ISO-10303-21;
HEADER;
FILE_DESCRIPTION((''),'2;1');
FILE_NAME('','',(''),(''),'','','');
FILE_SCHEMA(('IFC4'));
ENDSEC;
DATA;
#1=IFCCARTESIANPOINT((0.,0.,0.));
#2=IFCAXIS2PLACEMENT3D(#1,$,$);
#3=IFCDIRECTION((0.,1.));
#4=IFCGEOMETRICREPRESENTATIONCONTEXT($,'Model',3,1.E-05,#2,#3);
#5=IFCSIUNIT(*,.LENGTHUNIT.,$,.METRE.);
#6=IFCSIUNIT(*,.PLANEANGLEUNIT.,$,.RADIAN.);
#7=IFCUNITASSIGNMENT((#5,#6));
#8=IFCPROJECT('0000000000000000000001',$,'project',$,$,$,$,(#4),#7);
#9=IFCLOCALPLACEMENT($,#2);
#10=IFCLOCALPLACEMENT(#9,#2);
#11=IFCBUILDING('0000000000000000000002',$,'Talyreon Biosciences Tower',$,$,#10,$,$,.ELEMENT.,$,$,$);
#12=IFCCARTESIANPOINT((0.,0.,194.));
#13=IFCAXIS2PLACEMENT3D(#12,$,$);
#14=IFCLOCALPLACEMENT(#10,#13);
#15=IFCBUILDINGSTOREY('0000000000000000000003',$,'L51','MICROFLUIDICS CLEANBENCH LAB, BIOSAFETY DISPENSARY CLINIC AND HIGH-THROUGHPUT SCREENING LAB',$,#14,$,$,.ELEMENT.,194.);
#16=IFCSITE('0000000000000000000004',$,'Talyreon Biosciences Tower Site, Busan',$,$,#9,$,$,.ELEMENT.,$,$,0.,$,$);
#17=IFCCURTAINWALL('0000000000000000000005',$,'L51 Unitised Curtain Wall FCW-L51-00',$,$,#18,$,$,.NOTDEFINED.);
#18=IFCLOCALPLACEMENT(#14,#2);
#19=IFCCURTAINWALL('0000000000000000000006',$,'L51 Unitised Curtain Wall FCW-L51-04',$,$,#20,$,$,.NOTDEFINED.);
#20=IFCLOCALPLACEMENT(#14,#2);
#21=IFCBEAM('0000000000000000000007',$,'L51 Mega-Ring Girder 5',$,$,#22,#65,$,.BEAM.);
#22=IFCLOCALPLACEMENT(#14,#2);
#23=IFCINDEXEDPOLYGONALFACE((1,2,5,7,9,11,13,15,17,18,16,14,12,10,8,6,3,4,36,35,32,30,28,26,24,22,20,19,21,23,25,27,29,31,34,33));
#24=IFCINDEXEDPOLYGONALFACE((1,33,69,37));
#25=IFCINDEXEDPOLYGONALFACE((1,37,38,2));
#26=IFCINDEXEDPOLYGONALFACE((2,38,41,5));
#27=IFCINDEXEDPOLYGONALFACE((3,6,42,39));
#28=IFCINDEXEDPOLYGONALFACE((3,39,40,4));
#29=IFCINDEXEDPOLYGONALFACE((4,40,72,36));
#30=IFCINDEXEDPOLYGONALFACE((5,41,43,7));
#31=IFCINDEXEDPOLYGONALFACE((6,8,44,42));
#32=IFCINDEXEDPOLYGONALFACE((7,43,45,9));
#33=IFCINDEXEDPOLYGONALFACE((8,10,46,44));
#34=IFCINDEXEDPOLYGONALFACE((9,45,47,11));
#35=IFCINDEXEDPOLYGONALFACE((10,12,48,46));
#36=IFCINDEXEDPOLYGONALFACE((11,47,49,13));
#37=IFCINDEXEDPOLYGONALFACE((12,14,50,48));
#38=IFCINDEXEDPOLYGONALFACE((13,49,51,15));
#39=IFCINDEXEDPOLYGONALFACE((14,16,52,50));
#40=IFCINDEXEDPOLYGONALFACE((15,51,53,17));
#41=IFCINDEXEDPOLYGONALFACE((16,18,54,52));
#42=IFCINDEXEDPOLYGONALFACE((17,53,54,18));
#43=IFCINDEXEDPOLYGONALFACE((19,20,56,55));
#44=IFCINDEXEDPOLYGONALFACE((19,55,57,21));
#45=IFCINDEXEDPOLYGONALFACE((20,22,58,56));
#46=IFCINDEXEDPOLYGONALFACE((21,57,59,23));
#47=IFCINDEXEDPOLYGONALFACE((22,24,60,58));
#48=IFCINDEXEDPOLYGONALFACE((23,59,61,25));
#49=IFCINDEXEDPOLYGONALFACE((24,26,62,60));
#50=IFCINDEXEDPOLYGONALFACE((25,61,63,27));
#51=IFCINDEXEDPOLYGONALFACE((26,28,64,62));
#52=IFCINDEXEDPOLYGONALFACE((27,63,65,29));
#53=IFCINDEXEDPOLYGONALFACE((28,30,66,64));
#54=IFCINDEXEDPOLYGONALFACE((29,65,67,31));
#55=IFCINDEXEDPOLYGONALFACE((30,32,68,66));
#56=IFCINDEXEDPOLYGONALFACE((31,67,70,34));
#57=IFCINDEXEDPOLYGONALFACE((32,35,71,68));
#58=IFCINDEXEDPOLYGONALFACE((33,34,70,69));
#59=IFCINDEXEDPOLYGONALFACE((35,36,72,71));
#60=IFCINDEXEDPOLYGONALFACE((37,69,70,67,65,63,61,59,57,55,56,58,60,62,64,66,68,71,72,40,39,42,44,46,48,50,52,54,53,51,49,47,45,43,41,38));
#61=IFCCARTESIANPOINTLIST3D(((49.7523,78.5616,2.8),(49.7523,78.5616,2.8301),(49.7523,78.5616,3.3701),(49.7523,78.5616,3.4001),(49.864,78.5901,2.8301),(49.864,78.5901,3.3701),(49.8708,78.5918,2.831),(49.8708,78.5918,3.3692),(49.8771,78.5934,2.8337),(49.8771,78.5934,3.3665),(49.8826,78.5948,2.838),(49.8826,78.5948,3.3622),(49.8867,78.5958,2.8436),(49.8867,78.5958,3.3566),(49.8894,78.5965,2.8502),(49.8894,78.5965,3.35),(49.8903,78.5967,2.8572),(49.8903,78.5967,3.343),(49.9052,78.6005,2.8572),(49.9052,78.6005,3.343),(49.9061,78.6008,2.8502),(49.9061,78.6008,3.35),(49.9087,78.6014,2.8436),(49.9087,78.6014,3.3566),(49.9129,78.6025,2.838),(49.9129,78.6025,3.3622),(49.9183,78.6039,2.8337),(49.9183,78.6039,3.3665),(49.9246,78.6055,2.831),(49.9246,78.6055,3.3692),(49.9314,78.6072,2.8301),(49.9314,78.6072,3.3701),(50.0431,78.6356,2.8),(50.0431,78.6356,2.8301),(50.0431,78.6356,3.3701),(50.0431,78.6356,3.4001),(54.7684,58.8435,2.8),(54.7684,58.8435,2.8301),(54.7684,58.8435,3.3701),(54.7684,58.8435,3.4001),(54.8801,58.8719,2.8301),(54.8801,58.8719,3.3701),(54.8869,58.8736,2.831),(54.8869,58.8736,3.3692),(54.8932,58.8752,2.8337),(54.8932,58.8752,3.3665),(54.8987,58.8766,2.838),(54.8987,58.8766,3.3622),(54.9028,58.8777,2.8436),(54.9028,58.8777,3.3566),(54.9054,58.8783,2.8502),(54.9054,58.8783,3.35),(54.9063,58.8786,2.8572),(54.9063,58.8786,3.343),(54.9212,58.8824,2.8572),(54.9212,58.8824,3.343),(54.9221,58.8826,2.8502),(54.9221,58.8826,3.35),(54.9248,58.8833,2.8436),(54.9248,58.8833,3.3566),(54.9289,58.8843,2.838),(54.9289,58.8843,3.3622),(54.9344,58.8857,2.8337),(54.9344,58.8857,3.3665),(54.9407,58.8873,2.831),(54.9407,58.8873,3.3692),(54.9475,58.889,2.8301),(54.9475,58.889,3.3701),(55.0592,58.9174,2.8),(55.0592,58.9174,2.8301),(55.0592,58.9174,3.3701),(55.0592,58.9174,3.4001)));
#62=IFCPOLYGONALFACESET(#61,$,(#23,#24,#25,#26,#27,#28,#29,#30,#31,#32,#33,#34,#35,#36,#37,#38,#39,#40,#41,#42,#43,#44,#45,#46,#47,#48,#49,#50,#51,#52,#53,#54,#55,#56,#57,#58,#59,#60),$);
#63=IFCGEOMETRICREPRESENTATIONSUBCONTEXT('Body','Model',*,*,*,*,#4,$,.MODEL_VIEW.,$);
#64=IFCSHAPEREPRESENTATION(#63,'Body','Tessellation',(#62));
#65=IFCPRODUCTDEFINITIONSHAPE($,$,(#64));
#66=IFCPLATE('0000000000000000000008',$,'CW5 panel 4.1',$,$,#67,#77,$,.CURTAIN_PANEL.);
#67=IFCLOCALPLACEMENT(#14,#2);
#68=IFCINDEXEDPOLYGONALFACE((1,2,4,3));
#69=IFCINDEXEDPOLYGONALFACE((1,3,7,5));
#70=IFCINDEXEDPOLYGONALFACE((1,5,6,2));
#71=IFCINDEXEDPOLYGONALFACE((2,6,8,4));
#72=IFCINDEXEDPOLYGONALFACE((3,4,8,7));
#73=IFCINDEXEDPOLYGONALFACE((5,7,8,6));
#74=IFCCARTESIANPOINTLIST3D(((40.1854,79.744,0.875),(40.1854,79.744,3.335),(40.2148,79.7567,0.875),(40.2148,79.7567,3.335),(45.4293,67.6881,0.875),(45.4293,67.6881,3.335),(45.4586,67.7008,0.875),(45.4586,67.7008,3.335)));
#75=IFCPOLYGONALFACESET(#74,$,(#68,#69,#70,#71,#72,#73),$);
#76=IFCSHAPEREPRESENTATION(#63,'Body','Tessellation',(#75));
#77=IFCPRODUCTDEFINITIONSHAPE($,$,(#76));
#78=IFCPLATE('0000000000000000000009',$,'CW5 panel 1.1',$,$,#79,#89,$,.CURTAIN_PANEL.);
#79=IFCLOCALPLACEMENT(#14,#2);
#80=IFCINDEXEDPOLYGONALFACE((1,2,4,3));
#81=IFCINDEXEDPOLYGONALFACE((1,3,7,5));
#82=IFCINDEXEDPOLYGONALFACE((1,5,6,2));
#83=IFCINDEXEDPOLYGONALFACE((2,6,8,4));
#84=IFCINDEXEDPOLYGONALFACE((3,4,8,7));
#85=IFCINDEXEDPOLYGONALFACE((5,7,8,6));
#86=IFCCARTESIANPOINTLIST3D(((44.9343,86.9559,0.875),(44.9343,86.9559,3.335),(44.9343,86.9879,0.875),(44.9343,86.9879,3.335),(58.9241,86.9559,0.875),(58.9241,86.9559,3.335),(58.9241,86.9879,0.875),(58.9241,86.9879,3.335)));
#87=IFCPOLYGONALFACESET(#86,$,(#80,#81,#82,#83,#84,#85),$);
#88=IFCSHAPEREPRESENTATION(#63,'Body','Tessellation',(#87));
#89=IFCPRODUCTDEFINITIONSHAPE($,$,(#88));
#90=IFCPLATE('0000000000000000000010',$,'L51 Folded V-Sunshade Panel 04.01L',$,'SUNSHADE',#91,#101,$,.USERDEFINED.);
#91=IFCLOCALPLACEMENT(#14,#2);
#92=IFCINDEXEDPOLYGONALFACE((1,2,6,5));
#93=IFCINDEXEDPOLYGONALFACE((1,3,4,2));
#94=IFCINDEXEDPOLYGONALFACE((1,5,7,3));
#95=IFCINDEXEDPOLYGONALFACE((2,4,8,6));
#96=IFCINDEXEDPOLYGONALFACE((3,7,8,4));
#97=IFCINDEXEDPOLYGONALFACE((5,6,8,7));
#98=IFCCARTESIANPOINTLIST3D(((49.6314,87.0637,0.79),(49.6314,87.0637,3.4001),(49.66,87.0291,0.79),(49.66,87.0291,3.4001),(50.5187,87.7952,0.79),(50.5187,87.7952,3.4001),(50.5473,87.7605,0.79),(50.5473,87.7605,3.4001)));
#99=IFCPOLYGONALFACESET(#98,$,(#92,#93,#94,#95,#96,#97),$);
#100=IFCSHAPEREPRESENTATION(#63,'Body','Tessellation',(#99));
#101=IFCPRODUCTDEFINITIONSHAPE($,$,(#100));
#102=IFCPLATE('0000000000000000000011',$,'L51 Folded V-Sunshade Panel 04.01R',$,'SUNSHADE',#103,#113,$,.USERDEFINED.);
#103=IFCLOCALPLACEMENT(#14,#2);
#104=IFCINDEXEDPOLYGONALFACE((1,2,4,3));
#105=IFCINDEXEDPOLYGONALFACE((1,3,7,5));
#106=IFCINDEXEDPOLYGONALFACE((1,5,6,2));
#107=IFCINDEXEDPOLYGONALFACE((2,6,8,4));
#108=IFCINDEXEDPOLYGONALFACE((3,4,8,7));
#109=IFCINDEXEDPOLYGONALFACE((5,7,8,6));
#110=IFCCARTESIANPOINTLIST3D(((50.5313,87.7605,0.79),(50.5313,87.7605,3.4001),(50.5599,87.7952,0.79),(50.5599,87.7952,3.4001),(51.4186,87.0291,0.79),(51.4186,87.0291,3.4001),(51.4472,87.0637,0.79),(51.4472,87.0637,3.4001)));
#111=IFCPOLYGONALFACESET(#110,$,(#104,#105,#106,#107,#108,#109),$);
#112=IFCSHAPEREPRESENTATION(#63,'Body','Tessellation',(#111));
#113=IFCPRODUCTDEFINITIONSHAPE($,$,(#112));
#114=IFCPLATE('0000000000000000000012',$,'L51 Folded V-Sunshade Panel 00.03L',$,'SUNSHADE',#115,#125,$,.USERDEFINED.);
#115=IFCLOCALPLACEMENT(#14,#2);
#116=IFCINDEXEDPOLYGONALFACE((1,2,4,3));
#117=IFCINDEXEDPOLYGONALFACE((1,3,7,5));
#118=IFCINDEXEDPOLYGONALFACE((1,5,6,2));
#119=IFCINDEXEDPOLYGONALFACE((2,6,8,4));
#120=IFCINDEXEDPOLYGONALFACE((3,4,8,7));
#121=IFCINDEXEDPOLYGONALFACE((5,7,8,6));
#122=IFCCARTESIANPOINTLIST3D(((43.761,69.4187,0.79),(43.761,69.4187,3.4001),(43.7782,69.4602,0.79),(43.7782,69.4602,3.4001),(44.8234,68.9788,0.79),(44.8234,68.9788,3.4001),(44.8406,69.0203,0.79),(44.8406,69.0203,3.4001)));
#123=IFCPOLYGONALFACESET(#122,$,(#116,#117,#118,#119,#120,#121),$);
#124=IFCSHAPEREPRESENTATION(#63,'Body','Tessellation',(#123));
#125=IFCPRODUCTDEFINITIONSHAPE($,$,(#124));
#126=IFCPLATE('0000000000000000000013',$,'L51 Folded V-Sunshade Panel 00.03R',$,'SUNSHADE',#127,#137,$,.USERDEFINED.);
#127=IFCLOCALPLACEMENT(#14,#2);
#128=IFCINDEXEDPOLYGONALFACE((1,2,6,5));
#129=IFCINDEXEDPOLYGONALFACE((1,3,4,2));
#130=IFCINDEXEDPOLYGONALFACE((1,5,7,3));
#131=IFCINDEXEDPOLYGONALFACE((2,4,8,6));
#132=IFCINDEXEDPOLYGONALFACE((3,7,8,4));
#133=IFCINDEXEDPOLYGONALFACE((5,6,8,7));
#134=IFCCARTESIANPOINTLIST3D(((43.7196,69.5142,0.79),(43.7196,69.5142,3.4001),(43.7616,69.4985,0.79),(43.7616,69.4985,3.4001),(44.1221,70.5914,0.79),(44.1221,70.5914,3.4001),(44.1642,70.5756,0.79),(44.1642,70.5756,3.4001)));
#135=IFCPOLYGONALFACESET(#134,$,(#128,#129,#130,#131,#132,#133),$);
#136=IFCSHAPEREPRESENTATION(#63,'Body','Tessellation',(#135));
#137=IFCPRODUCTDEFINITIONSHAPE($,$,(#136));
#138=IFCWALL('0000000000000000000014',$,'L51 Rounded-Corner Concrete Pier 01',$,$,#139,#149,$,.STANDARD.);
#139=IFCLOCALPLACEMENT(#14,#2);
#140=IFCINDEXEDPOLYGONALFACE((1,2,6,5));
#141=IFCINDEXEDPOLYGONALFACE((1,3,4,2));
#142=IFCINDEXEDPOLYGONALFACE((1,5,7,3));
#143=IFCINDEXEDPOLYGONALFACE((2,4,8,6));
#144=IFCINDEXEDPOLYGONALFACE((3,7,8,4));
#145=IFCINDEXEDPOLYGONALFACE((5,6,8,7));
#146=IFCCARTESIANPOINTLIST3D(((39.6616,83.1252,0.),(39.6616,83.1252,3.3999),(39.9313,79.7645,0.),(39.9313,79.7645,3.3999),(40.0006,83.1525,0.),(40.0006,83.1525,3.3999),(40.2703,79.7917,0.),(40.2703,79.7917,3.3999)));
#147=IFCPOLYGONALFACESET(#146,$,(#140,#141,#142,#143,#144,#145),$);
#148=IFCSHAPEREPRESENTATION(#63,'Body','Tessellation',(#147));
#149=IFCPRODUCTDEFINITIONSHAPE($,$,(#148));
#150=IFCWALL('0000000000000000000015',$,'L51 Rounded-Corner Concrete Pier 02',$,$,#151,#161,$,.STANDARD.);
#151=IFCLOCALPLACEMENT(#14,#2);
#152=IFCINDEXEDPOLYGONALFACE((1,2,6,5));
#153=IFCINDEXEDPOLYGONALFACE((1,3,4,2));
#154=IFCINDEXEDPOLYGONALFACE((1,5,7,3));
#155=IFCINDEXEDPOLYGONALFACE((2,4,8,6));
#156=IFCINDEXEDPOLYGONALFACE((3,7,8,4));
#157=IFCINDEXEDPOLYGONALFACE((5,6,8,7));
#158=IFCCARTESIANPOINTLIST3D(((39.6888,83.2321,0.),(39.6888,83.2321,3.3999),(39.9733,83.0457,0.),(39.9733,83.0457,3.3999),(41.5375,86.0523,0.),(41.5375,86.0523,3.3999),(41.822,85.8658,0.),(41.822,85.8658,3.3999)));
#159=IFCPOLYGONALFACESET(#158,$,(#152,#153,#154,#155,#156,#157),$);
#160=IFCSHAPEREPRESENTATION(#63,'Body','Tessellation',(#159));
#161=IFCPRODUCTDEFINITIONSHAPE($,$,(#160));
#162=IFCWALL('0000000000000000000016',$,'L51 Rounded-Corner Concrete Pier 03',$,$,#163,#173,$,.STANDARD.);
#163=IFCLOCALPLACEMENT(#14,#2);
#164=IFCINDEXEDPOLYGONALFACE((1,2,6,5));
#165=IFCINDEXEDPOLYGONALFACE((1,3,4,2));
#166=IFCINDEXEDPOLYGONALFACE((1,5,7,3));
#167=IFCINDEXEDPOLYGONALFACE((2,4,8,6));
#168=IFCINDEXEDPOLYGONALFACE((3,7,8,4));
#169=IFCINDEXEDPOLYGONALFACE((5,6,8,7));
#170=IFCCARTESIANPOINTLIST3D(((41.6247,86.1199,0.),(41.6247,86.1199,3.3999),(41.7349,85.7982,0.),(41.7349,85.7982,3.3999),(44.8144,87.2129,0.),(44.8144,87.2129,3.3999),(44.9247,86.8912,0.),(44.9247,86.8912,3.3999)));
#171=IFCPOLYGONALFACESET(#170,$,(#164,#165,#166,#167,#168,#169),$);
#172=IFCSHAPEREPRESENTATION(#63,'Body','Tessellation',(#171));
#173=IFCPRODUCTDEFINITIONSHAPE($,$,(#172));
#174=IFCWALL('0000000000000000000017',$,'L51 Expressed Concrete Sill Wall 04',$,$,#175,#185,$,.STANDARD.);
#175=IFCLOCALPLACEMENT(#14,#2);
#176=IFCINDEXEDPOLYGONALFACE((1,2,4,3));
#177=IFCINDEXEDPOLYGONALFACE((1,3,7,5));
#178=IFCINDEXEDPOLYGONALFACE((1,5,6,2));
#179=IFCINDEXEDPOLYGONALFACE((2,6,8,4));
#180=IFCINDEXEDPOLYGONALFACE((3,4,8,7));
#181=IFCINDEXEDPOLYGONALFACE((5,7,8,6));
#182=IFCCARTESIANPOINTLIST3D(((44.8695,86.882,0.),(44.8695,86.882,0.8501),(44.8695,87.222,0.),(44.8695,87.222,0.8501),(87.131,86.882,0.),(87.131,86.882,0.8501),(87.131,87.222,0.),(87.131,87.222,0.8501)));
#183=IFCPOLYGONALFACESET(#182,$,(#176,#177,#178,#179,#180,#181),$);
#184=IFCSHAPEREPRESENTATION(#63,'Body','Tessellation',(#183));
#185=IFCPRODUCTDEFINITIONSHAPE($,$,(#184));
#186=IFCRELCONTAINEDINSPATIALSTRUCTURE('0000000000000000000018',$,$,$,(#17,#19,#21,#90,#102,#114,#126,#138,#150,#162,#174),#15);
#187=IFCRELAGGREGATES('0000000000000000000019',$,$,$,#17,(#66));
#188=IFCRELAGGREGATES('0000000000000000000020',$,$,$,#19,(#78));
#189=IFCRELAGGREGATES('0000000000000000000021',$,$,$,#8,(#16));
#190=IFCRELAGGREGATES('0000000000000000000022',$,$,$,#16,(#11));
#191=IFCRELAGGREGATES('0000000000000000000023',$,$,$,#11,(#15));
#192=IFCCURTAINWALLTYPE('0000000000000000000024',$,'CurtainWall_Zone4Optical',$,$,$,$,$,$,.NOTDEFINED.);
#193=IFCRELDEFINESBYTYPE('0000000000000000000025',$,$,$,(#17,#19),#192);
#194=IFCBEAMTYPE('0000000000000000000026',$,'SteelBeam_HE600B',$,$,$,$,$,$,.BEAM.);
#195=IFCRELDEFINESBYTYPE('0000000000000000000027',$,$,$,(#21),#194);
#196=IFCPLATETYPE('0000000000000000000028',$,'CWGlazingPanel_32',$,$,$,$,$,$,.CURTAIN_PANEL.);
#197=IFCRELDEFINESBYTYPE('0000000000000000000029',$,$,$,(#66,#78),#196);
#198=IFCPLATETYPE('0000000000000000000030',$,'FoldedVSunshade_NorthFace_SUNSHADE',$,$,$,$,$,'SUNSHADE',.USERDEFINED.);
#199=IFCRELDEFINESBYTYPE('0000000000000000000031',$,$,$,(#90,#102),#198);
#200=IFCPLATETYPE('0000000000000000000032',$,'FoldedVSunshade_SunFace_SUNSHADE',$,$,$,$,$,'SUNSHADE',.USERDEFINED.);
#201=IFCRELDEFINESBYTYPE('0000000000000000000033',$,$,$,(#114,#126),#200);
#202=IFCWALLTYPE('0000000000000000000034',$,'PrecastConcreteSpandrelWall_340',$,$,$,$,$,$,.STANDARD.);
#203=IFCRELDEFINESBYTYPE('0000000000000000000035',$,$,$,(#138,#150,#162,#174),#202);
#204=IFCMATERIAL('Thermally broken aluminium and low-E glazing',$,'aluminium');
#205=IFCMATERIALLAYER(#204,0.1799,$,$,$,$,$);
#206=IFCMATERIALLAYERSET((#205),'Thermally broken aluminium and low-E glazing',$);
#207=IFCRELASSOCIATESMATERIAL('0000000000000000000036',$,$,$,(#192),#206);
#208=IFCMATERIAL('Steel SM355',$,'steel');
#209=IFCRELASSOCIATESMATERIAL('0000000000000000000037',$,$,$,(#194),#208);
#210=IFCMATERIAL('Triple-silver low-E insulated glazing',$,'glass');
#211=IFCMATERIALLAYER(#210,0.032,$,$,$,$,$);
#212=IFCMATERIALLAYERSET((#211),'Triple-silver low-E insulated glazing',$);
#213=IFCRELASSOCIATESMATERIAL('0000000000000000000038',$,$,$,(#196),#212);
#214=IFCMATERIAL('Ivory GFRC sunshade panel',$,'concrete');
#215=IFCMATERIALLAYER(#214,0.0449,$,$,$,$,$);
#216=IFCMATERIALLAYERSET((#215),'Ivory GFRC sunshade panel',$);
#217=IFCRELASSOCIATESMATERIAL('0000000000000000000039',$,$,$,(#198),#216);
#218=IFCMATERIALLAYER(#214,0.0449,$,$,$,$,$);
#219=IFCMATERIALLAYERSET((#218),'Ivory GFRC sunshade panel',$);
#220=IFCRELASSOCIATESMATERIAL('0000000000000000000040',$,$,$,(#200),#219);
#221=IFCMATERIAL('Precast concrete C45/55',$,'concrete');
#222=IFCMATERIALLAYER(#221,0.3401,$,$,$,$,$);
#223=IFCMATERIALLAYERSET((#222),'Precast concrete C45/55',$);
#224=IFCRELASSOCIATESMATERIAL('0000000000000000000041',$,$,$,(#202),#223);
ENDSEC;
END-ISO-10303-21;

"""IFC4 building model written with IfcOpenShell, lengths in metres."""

from ifc_helpers import new_model, si_unit, direction, frame, frame_2d, origin, origin_2d, place, context, subcontext, project, spatial, rectangle, i_section, extrude, material, layer, layer_set, material_profile, profile_set, type_object, element, aggregate, save


model = new_model("IFC4")

# Units and contexts
model_context = context("Model", 3, precision=1e-05, world=origin(), true_north=direction((0.0, 1.0)))
body_context = subcontext(model_context, "Body", "Model", "MODEL_VIEW")
ifc_project = project(units=[si_unit("LENGTHUNIT", "METRE"), si_unit("PLANEANGLEUNIT", "RADIAN")], contexts=[model_context])

# Site, building, storey
site_placement = place(None, origin())
site = spatial("IfcSite", under=ifc_project, at=site_placement, Name="Talyreon Biosciences Tower Site, Busan", CompositionType="ELEMENT", RefElevation=0.0)
building_placement = place(site_placement, origin())
building = spatial("IfcBuilding", under=site, at=building_placement, Name="Talyreon Biosciences Tower", CompositionType="ELEMENT")
storey_placement = place(building_placement, frame((0.0, 0.0, 194.0)))
storey = spatial("IfcBuildingStorey", under=building, at=storey_placement, Name="L51", Description="MICROFLUIDICS CLEANBENCH LAB, BIOSAFETY DISPENSARY CLINIC AND HIGH-THROUGHPUT SCREENING LAB", CompositionType="ELEMENT", Elevation=194.0)

# Curtain wall
ifc_material_1 = material(Name="Thermally broken aluminium and low-E glazing", Category="aluminium")
ifc_layer_1 = layer(ifc_material_1, 0.1799)
ifc_layer_set_1 = layer_set([ifc_layer_1], Name="Thermally broken aluminium and low-E glazing")
curtain_wall_type = type_object("IfcCurtainWallType", Name="CurtainWall_Zone4Optical", PredefinedType="NOTDEFINED", material=ifc_layer_set_1)
curtain_wall_1_placement = place(storey_placement, origin())
curtain_wall_1 = element("IfcCurtainWall", 1, at=curtain_wall_1_placement, inside=storey, type_object=curtain_wall_type, Name="L51 Unitised Curtain Wall FCW-L51-00", PredefinedType="NOTDEFINED")

# Curtain wall
curtain_wall_2_placement = place(storey_placement, origin())
curtain_wall_2 = element("IfcCurtainWall", 2, at=curtain_wall_2_placement, inside=storey, type_object=curtain_wall_type, Name="L51 Unitised Curtain Wall FCW-L51-04", PredefinedType="NOTDEFINED")

# Beam
ifc_material_2 = material(Name="Precast concrete C45/55", Category="concrete")
ifc_material_3 = material(Name="Steel SM355", Category="steel")
ifc_material_profile_1 = material_profile(ifc_material_3, i_section(OverallWidth=0.3, OverallDepth=0.6001, WebThickness=0.0154, FlangeThickness=0.03, FilletRadius=0.0271, at=origin_2d()), Name="HE600B")
ifc_profile_set_1 = profile_set([ifc_material_profile_1], Name="Steel SM355")
beam_type_1 = type_object("IfcBeamType", Name="SteelBeam_HE600B", PredefinedType="BEAM", material=ifc_profile_set_1)
beam_1_placement = place(storey_placement, frame((49.8977, 78.5986, 3.1001), z_axis=(0.246537, -0.969133, 0.0), x_axis=(0.969133, 0.246537, 0.0)))
element("IfcBeam", 3, at=beam_1_placement, inside=storey, type_object=beam_type_1, Name="L51 Mega-Ring Girder 5", PredefinedType="BEAM", context=body_context, shape_type="SweptSolid", body=[
    extrude(i_section(OverallWidth=0.3, OverallDepth=0.6001, WebThickness=0.0154, FlangeThickness=0.03, FilletRadius=0.0271, at=origin_2d()), origin(), (0.0, 0.0, 1.0), 20.3462),
])

# Plates
ifc_material_4 = material(Name="Triple-silver low-E insulated glazing", Category="glass")
ifc_layer_2 = layer(ifc_material_4, 0.032)
ifc_layer_set_2 = layer_set([ifc_layer_2], Name="Triple-silver low-E insulated glazing")
plate_type_1 = type_object("IfcPlateType", Name="CWGlazingPanel_32", PredefinedType="CURTAIN_PANEL", material=ifc_layer_set_2)
plate_1_placement = place(storey_placement, frame((42.822, 73.7224, 0.875), z_axis=(0.0, 0.0, 1.0), x_axis=(-0.398862, 0.917011, 0.0)))
plate_1 = element("IfcPlate", 4, at=plate_1_placement, type_object=plate_type_1, Name="CW5 panel 4.1", PredefinedType="CURTAIN_PANEL", context=body_context, shape_type="SweptSolid", body=[
    extrude(rectangle(XDim=13.147, YDim=0.032, at=origin_2d()), origin(), (0.0, 0.0, 1.0), 2.46),
])
aggregate(curtain_wall_1, [plate_1])
plate_2_placement = place(storey_placement, frame((51.9292, 86.9719, 0.875), z_axis=(0.0, 0.0, 1.0), x_axis=(1.0, 0.0, 0.0)))
plate_2 = element("IfcPlate", 5, at=plate_2_placement, type_object=plate_type_1, Name="CW5 panel 1.1", PredefinedType="CURTAIN_PANEL", context=body_context, shape_type="SweptSolid", body=[
    extrude(rectangle(XDim=13.9897, YDim=0.032, at=origin_2d()), origin(), (0.0, 0.0, 1.0), 2.46),
])
aggregate(curtain_wall_2, [plate_2])

# Plates
ifc_material_5 = material(Name="Ivory GFRC sunshade panel", Category="concrete")
ifc_layer_3 = layer(ifc_material_5, 0.0449)
ifc_layer_set_3 = layer_set([ifc_layer_3], Name="Ivory GFRC sunshade panel")
plate_type_2 = type_object("IfcPlateType", Name="FoldedVSunshade_NorthFace_SUNSHADE", ElementType="SUNSHADE", PredefinedType="USERDEFINED", material=ifc_layer_set_3)
for number, where, z_axis, x_axis, name in (
    (6, (50.0894, 87.4121, 0.79), (0.0, 0.0, 1.0), (0.771625, 0.636078, 0.0), "L51 Folded V-Sunshade Panel 04.01L"),
    (7, (50.9893, 87.4121, 0.79), (0.0, 0.0, 1.0), (0.771625, -0.636078, 0.0), "L51 Folded V-Sunshade Panel 04.01R"),
):
    element("IfcPlate", number, at=place(storey_placement, frame(where, z_axis=z_axis, x_axis=x_axis)), inside=storey, type_object=plate_type_2, Name=name, ObjectType="SUNSHADE", PredefinedType="USERDEFINED", context=body_context, shape_type="SweptSolid", body=[
        extrude(rectangle(XDim=1.1499, YDim=0.0449, at=origin_2d()), origin(), (0.0, 0.0, 1.0), 2.6101),
    ])
ifc_layer_4 = layer(ifc_material_5, 0.0449)
ifc_layer_set_4 = layer_set([ifc_layer_4], Name="Ivory GFRC sunshade panel")
plate_type_3 = type_object("IfcPlateType", Name="FoldedVSunshade_SunFace_SUNSHADE", ElementType="SUNSHADE", PredefinedType="USERDEFINED", material=ifc_layer_set_4)
for number, where, z_axis, x_axis, name in (
    (8, (44.3008, 69.2195, 0.79), (0.0, 0.0, 1.0), (-0.923926, 0.382571, 0.0), "L51 Folded V-Sunshade Panel 00.03L"),
    (9, (43.9419, 70.0449, 0.79), (0.0, 0.0, 1.0), (0.350093, 0.936715, 0.0), "L51 Folded V-Sunshade Panel 00.03R"),
):
    element("IfcPlate", number, at=place(storey_placement, frame(where, z_axis=z_axis, x_axis=x_axis)), inside=storey, type_object=plate_type_3, Name=name, ObjectType="SUNSHADE", PredefinedType="USERDEFINED", context=body_context, shape_type="SweptSolid", body=[
        extrude(rectangle(XDim=1.1499, YDim=0.0449, at=origin_2d()), origin(), (0.0, 0.0, 1.0), 2.6101),
    ])

# Walls
ifc_layer_5 = layer(ifc_material_2, 0.3401)
ifc_layer_set_5 = layer_set([ifc_layer_5], Name="Precast concrete C45/55")
wall_type = type_object("IfcWallType", Name="PrecastConcreteSpandrelWall_340", PredefinedType="STANDARD", material=ifc_layer_set_5)
wall_1_placement = place(storey_placement, frame((40.1008, 79.7781, 0.0), z_axis=(0.0, 0.0, 1.0), x_axis=(-0.080013, 0.996794, 0.0)))
element("IfcWall", 10, at=wall_1_placement, inside=storey, type_object=wall_type, Name="L51 Rounded-Corner Concrete Pier 01", PredefinedType="STANDARD", context=body_context, shape_type="SweptSolid", body=[
    extrude(rectangle(XDim=3.3716, YDim=0.3401, at=frame_2d((1.6858, 0.0))), origin(), (0.0, 0.0, 1.0), 3.3999),
])
wall_2_placement = place(storey_placement, frame((39.8311, 83.1389, 0.0), z_axis=(0.0, 0.0, 1.0), x_axis=(0.548234, 0.836325, 0.0)))
element("IfcWall", 11, at=wall_2_placement, inside=storey, type_object=wall_type, Name="L51 Rounded-Corner Concrete Pier 02", PredefinedType="STANDARD", context=body_context, shape_type="SweptSolid", body=[
    extrude(rectangle(XDim=3.3721, YDim=0.3401, at=frame_2d((1.686, 0.0))), origin(), (0.0, 0.0, 1.0), 3.3999),
])
wall_3_placement = place(storey_placement, frame((41.6797, 85.959, 0.0), z_axis=(0.0, 0.0, 1.0), x_axis=(0.946, 0.324167, 0.0)))
element("IfcWall", 12, at=wall_3_placement, inside=storey, type_object=wall_type, Name="L51 Rounded-Corner Concrete Pier 03", PredefinedType="STANDARD", context=body_context, shape_type="SweptSolid", body=[
    extrude(rectangle(XDim=3.3718, YDim=0.3401, at=frame_2d((1.686, 0.0))), origin(), (0.0, 0.0, 1.0), 3.3999),
])
wall_4_placement = place(storey_placement, frame((44.8694, 87.052, 0.0), z_axis=(0.0, 0.0, 1.0), x_axis=(1.0, 0.0, 0.0)))
element("IfcWall", 13, at=wall_4_placement, inside=storey, type_object=wall_type, Name="L51 Expressed Concrete Sill Wall 04", PredefinedType="STANDARD", context=body_context, shape_type="SweptSolid", body=[
    extrude(rectangle(XDim=42.2615, YDim=0.3401, at=frame_2d((21.1309, 0.0))), origin(), (0.0, 0.0, 1.0), 0.8501),
])

save(model, "model.ifc")
